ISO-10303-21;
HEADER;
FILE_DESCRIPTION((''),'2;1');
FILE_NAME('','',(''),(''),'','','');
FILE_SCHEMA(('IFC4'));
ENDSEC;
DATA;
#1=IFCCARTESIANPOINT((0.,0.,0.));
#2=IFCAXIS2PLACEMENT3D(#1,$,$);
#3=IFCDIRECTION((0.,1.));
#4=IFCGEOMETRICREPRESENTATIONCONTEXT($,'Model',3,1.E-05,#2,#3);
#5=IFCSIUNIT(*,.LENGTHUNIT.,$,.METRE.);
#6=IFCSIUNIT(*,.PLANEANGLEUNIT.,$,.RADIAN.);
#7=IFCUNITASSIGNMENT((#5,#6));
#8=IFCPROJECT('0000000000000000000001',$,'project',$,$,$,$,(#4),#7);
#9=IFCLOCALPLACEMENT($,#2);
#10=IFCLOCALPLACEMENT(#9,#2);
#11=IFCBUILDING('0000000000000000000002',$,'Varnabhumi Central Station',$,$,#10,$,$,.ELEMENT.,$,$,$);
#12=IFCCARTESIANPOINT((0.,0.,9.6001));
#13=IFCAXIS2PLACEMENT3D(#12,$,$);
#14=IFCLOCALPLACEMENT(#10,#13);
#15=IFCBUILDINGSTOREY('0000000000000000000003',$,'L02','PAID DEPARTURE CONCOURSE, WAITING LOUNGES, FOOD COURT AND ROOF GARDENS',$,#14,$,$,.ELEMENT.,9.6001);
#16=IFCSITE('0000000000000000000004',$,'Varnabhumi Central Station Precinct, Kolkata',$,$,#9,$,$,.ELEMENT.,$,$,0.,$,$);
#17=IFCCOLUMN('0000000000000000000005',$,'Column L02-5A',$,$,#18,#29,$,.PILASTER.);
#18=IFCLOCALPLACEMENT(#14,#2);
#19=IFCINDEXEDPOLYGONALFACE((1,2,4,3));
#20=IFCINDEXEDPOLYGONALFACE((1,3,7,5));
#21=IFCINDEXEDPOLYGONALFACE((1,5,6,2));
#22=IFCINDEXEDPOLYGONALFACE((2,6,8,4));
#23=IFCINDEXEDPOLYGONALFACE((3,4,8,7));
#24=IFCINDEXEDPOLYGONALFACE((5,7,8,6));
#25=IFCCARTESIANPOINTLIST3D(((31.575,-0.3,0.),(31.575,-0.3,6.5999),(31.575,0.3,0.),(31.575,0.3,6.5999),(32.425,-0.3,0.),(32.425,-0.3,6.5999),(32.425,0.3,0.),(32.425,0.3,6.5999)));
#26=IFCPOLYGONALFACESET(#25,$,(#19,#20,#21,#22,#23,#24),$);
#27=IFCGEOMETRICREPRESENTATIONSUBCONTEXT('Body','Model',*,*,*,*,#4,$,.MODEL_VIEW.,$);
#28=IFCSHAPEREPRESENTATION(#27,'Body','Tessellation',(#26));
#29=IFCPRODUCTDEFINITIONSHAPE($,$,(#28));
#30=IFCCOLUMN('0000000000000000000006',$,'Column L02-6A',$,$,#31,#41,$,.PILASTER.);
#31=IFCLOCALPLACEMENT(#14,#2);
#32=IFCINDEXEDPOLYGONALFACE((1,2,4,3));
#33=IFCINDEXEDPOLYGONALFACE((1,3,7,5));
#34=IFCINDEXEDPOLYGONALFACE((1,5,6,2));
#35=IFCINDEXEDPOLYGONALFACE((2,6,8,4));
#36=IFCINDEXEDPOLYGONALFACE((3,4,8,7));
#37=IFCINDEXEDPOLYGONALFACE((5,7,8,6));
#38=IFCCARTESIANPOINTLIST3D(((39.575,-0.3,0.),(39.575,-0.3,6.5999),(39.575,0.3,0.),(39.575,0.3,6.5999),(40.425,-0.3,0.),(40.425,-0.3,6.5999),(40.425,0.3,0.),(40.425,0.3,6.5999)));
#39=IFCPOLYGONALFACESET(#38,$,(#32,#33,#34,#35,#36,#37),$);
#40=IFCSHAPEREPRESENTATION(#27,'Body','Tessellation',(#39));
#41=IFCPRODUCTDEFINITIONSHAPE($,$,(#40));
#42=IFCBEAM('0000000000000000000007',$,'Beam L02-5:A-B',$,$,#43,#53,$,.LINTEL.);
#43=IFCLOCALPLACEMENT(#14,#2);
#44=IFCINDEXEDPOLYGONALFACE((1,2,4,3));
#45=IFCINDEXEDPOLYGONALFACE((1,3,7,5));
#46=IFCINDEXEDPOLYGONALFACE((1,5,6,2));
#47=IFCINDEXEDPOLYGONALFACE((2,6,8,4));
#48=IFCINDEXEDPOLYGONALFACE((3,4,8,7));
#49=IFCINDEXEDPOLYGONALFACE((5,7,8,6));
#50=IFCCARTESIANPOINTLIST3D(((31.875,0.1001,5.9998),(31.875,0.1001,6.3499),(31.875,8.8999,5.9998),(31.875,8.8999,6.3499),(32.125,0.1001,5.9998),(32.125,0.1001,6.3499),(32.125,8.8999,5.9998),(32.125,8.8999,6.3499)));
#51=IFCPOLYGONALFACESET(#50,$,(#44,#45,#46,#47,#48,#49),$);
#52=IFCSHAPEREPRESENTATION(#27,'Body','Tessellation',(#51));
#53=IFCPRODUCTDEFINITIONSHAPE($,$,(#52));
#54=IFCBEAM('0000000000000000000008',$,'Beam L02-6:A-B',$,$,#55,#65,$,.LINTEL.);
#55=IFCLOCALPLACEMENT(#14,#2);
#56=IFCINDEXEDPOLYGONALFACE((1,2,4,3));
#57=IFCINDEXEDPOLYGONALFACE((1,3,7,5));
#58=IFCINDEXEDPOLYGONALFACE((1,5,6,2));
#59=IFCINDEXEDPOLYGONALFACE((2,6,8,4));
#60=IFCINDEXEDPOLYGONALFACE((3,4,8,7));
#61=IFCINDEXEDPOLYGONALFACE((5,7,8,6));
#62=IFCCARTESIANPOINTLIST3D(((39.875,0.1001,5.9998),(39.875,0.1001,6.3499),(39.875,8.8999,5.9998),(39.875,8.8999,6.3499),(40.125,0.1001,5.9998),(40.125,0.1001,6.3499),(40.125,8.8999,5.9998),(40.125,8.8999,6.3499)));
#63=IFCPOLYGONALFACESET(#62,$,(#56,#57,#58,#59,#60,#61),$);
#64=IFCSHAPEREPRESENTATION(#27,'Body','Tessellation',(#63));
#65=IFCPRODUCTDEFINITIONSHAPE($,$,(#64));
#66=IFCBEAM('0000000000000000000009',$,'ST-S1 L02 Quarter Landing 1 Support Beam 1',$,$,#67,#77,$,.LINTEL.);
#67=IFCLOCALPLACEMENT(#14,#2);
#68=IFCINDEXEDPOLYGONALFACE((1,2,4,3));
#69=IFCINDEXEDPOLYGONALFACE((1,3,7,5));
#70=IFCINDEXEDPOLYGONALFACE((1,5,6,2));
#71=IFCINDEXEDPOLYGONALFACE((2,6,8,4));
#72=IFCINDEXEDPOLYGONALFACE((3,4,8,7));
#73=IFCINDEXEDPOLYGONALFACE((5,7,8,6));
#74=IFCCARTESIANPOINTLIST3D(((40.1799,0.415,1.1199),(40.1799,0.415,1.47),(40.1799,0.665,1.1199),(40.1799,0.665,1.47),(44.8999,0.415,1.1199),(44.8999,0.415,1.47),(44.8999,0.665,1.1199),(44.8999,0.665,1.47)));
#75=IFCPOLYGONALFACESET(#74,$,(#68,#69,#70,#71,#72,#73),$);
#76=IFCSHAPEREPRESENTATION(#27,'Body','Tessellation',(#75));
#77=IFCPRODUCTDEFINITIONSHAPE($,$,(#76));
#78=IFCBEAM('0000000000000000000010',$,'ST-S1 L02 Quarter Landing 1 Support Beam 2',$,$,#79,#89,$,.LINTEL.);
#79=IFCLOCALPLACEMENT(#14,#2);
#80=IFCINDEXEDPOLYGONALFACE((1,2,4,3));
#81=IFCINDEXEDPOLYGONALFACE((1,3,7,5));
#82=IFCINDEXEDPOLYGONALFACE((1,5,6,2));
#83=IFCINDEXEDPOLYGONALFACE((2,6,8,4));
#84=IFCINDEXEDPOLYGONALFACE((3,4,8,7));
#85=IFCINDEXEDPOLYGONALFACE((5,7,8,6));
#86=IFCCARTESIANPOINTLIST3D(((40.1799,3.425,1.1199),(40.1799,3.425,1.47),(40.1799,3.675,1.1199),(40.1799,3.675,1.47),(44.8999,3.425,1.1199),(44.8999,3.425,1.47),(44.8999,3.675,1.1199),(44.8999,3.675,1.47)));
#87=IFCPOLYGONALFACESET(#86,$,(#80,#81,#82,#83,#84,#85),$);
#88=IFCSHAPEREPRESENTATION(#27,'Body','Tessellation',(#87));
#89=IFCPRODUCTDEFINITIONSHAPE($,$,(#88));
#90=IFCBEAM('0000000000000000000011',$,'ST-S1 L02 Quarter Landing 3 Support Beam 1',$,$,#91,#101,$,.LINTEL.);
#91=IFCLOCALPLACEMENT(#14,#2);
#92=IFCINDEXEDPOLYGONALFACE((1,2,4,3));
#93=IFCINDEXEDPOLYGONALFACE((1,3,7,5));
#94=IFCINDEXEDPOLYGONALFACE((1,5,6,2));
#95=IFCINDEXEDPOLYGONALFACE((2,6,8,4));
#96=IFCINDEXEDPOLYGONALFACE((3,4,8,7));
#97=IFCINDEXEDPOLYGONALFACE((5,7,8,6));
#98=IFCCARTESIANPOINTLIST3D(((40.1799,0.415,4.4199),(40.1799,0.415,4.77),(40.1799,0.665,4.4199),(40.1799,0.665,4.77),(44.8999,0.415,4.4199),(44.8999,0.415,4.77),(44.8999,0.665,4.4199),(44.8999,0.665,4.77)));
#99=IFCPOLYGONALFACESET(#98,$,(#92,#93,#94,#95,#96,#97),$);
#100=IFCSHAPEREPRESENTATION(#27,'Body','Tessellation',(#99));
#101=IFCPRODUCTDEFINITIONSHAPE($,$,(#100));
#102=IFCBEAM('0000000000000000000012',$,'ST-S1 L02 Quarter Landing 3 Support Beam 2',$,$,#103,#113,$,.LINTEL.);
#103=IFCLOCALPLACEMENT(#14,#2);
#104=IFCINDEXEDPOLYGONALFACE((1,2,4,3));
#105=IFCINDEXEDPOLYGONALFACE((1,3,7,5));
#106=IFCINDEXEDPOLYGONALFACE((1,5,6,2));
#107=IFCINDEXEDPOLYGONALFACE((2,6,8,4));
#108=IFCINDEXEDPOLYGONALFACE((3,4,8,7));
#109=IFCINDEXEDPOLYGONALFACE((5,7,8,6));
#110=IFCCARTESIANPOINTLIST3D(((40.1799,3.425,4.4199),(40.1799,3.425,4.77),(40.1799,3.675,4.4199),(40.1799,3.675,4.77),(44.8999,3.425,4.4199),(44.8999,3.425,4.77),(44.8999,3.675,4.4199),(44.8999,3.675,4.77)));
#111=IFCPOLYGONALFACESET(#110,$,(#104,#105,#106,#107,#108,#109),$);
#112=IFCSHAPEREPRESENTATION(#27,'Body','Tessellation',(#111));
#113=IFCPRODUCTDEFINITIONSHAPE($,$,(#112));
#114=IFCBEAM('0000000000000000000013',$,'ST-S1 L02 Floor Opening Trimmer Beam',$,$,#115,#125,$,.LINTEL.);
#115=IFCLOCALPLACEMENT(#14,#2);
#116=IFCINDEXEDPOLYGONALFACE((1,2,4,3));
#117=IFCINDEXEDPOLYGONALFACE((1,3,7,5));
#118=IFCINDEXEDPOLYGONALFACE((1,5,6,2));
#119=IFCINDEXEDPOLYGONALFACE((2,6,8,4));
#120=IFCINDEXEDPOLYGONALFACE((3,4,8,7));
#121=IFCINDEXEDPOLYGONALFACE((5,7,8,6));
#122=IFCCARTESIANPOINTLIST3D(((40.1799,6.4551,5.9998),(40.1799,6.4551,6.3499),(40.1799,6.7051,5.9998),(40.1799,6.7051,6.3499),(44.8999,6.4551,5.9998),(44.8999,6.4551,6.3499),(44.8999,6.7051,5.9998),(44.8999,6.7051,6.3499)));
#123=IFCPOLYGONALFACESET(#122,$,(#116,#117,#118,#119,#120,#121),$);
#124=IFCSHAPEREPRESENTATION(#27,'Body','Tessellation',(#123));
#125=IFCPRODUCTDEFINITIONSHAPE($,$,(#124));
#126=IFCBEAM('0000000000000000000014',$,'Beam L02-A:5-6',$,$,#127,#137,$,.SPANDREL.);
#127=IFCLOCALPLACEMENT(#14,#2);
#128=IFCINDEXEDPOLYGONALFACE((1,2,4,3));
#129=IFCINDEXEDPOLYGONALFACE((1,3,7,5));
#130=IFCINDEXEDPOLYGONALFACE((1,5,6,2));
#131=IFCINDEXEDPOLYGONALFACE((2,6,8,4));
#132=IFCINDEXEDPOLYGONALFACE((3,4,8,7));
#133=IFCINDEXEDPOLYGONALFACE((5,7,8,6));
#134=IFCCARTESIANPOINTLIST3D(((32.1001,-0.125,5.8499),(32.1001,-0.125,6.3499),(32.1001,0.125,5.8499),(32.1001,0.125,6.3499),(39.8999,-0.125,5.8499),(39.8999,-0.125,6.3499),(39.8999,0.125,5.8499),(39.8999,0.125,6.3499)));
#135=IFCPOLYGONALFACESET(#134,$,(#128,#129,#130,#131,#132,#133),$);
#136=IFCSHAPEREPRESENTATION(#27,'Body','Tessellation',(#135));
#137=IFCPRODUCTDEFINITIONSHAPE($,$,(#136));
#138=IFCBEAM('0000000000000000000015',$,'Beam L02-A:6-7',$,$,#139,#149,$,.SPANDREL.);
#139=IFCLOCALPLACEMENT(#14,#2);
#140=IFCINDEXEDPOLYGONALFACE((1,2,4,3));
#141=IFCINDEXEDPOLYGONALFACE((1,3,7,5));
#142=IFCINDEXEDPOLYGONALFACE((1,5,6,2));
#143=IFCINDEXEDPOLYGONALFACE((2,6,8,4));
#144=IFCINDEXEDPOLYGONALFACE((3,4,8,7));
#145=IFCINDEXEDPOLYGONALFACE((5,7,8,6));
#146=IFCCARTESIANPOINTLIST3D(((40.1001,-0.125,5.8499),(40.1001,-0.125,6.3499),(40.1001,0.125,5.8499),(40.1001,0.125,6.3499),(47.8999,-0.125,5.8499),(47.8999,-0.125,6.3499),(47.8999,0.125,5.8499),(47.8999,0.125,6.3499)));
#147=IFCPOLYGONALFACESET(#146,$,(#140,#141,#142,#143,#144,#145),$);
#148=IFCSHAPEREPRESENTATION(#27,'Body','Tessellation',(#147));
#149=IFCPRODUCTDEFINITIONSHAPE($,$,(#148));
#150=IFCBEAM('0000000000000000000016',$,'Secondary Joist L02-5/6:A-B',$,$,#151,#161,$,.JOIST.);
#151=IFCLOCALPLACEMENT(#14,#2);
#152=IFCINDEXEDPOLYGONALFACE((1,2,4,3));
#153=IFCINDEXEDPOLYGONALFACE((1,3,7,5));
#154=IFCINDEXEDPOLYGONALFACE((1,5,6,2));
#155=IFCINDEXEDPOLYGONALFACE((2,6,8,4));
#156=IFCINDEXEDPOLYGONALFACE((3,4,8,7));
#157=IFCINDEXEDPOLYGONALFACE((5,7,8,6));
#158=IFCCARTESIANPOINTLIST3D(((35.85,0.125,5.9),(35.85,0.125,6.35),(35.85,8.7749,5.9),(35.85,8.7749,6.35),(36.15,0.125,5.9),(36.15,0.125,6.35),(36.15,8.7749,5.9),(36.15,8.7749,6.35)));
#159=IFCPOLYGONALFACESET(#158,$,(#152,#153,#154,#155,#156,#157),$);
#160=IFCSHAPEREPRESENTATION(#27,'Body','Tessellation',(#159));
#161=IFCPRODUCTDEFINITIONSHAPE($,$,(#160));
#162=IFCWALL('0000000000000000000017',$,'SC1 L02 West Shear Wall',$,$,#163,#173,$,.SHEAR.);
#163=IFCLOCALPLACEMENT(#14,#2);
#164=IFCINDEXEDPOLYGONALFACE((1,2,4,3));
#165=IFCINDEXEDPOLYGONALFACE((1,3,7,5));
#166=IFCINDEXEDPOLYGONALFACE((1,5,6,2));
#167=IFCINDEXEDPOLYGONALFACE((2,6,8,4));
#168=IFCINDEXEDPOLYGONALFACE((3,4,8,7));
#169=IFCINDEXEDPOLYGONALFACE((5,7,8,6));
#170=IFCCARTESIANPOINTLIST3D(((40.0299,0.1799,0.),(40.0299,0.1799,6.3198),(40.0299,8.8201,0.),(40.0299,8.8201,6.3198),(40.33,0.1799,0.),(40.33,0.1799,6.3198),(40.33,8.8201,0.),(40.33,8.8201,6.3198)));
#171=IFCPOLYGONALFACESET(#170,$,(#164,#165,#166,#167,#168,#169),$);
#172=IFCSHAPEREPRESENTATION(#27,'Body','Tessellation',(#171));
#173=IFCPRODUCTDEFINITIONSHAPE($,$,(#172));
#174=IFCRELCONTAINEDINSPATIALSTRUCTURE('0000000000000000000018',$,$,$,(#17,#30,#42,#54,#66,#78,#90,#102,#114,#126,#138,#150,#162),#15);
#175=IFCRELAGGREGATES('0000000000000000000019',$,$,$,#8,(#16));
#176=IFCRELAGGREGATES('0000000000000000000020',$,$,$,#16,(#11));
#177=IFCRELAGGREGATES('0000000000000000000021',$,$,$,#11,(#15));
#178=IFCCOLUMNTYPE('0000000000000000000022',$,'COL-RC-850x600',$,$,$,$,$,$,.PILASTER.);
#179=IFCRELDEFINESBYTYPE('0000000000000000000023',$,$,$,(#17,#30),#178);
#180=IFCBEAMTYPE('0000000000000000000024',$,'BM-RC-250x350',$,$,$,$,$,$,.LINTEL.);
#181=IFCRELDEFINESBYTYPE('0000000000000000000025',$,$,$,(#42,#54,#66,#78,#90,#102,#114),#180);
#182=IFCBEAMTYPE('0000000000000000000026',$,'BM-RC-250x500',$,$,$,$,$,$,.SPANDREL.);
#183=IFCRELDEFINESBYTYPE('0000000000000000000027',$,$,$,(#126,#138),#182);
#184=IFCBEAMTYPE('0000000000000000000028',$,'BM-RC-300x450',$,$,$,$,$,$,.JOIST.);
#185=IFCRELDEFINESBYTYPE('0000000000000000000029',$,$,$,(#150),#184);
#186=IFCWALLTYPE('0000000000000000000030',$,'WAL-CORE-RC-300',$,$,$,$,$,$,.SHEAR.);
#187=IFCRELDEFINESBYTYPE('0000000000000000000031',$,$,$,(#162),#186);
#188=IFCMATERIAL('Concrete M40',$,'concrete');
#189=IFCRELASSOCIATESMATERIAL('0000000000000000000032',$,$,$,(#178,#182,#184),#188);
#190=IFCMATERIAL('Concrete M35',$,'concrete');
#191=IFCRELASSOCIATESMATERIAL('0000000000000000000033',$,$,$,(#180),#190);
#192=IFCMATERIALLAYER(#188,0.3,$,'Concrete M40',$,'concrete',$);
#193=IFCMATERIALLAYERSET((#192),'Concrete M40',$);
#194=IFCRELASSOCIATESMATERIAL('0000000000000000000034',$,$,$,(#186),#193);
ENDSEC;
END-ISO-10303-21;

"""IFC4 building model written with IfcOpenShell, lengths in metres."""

from ifc_helpers import new_model, si_unit, direction, frame, frame_2d, origin, origin_2d, place, context, subcontext, project, spatial, rectangle, extrude, material, layer, layer_set, material_profile, profile_set, type_object, element, save


model = new_model("IFC4")

# Units and contexts
model_context = context("Model", 3, precision=1e-05, world=origin(), true_north=direction((0.0, 1.0)))
body_context = subcontext(model_context, "Body", "Model", "MODEL_VIEW")
ifc_project = project(units=[si_unit("LENGTHUNIT", "METRE"), si_unit("PLANEANGLEUNIT", "RADIAN")], contexts=[model_context])

# Site, building, storey
site_placement = place(None, origin())
site = spatial("IfcSite", under=ifc_project, at=site_placement, Name="Varnabhumi Central Station Precinct, Kolkata", CompositionType="ELEMENT", RefElevation=0.0)
building_placement = place(site_placement, origin())
building = spatial("IfcBuilding", under=site, at=building_placement, Name="Varnabhumi Central Station", CompositionType="ELEMENT")
storey_placement = place(building_placement, frame((0.0, 0.0, 9.6001)))
storey = spatial("IfcBuildingStorey", under=building, at=storey_placement, Name="L02", Description="PAID DEPARTURE CONCOURSE, WAITING LOUNGES, FOOD COURT AND ROOF GARDENS", CompositionType="ELEMENT", Elevation=9.6001)

# Columns
ifc_material_1 = material(Name="Concrete M40", Category="concrete")
ifc_material_profile_1 = material_profile(ifc_material_1, rectangle(XDim=0.8501, YDim=0.6001, at=origin_2d()), Name="Concrete M40", Category="concrete")
ifc_profile_set_1 = profile_set([ifc_material_profile_1], Name="Concrete M40")
column_type = type_object("IfcColumnType", Name="COL-RC-850x600", PredefinedType="PILASTER", material=ifc_profile_set_1)
for number, where, z_axis, x_axis, name in (
    (1, (32.0, 0.0, 0.0), (0.0, 0.0, 1.0), (1.0, 0.0, 0.0), "Column L02-5A"),
    (2, (40.0, 0.0, 0.0), (0.0, 0.0, 1.0), (1.0, 0.0, 0.0), "Column L02-6A"),
):
    element("IfcColumn", number, at=place(storey_placement, frame(where, z_axis=z_axis, x_axis=x_axis)), inside=storey, type_object=column_type, Name=name, PredefinedType="PILASTER", context=body_context, shape_type="SweptSolid", body=[
        extrude(rectangle(XDim=0.8501, YDim=0.6001, at=origin_2d()), origin(), (0.0, 0.0, 1.0), 6.5999),
    ])

# Beams
ifc_material_2 = material(Name="Concrete M35", Category="concrete")
ifc_material_profile_2 = material_profile(ifc_material_2, rectangle(XDim=0.25, YDim=0.3501, at=origin_2d()), Name="Concrete M35", Category="concrete")
ifc_profile_set_2 = profile_set([ifc_material_profile_2], Name="Concrete M35")
beam_type_1 = type_object("IfcBeamType", Name="BM-RC-250x350", PredefinedType="LINTEL", material=ifc_profile_set_2)
for number, where, z_axis, x_axis, name in (
    (3, (32.0, 0.1001, 6.1748), (0.0, 1.0, 0.0), (-1.0, 0.0, 0.0), "Beam L02-5:A-B"),
    (4, (40.0, 0.1001, 6.1748), (0.0, 1.0, 0.0), (-1.0, 0.0, 0.0), "Beam L02-6:A-B"),
):
    element("IfcBeam", number, at=place(storey_placement, frame(where, z_axis=z_axis, x_axis=x_axis)), inside=storey, type_object=beam_type_1, Name=name, PredefinedType="LINTEL", context=body_context, shape_type="SweptSolid", body=[
        extrude(rectangle(XDim=0.25, YDim=0.3501, at=origin_2d()), origin(), (0.0, 0.0, 1.0), 8.7998),
    ])
for number, where, z_axis, x_axis, name in (
    (5, (40.1799, 0.54, 1.2949), (1.0, 0.0, 0.0), (0.0, 1.0, 0.0), "ST-S1 L02 Quarter Landing 1 Support Beam 1"),
    (6, (40.1799, 3.55, 1.2949), (1.0, 0.0, 0.0), (0.0, 1.0, 0.0), "ST-S1 L02 Quarter Landing 1 Support Beam 2"),
    (7, (40.1799, 0.54, 4.595), (1.0, 0.0, 0.0), (0.0, 1.0, 0.0), "ST-S1 L02 Quarter Landing 3 Support Beam 1"),
    (8, (40.1799, 3.55, 4.595), (1.0, 0.0, 0.0), (0.0, 1.0, 0.0), "ST-S1 L02 Quarter Landing 3 Support Beam 2"),
    (9, (40.1799, 6.5801, 6.1748), (1.0, 0.0, 0.0), (0.0, 1.0, 0.0), "ST-S1 L02 Floor Opening Trimmer Beam"),
):
    element("IfcBeam", number, at=place(storey_placement, frame(where, z_axis=z_axis, x_axis=x_axis)), inside=storey, type_object=beam_type_1, Name=name, PredefinedType="LINTEL", context=body_context, shape_type="SweptSolid", body=[
        extrude(rectangle(XDim=0.25, YDim=0.3501, at=origin_2d()), origin(), (0.0, 0.0, 1.0), 4.72),
    ])
ifc_material_profile_3 = material_profile(ifc_material_1, rectangle(XDim=0.25, YDim=0.5, at=origin_2d()), Name="Concrete M40", Category="concrete")
ifc_profile_set_3 = profile_set([ifc_material_profile_3], Name="Concrete M40")
beam_type_2 = type_object("IfcBeamType", Name="BM-RC-250x500", PredefinedType="SPANDREL", material=ifc_profile_set_3)
for number, where, z_axis, x_axis, name in (
    (10, (32.1001, 0.0, 6.0999), (1.0, 0.0, 0.0), (0.0, 1.0, 0.0), "Beam L02-A:5-6"),
    (11, (40.1001, 0.0, 6.0999), (1.0, 0.0, 0.0), (0.0, 1.0, 0.0), "Beam L02-A:6-7"),
):
    element("IfcBeam", number, at=place(storey_placement, frame(where, z_axis=z_axis, x_axis=x_axis)), inside=storey, type_object=beam_type_2, Name=name, PredefinedType="SPANDREL", context=body_context, shape_type="SweptSolid", body=[
        extrude(rectangle(XDim=0.25, YDim=0.5, at=origin_2d()), origin(), (0.0, 0.0, 1.0), 7.7998),
    ])
ifc_material_profile_4 = material_profile(ifc_material_1, rectangle(XDim=0.3, YDim=0.45, at=origin_2d()), Name="Concrete M40", Category="concrete")
ifc_profile_set_4 = profile_set([ifc_material_profile_4], Name="Concrete M40")
beam_type_3 = type_object("IfcBeamType", Name="BM-RC-300x450", PredefinedType="JOIST", material=ifc_profile_set_4)
beam_placement = place(storey_placement, frame((36.0, 0.125, 6.125), z_axis=(0.0, 1.0, 0.0), x_axis=(-1.0, 0.0, 0.0)))
element("IfcBeam", 12, at=beam_placement, inside=storey, type_object=beam_type_3, Name="Secondary Joist L02-5/6:A-B", PredefinedType="JOIST", context=body_context, shape_type="SweptSolid", body=[
    extrude(rectangle(XDim=0.3, YDim=0.45, at=origin_2d()), origin(), (0.0, 0.0, 1.0), 8.6499),
])

# Wall
ifc_layer_1 = layer(ifc_material_1, 0.3, Name="Concrete M40", Category="concrete")
ifc_layer_set_1 = layer_set([ifc_layer_1], Name="Concrete M40")
wall_type_1 = type_object("IfcWallType", Name="WAL-CORE-RC-300", PredefinedType="SHEAR", material=ifc_layer_set_1)
wall_1_placement = place(storey_placement, frame((40.1799, 0.1799, 0.0), z_axis=(0.0, 0.0, 1.0), x_axis=(0.0, 1.0, 0.0)))
element("IfcWall", 13, at=wall_1_placement, inside=storey, type_object=wall_type_1, Name="SC1 L02 West Shear Wall", PredefinedType="SHEAR", context=body_context, shape_type="SweptSolid", body=[
    extrude(rectangle(XDim=8.6401, YDim=0.3, at=frame_2d((4.3201, 0.0))), origin(), (0.0, 0.0, 1.0), 6.3198),
])

save(model, "model.ifc")
